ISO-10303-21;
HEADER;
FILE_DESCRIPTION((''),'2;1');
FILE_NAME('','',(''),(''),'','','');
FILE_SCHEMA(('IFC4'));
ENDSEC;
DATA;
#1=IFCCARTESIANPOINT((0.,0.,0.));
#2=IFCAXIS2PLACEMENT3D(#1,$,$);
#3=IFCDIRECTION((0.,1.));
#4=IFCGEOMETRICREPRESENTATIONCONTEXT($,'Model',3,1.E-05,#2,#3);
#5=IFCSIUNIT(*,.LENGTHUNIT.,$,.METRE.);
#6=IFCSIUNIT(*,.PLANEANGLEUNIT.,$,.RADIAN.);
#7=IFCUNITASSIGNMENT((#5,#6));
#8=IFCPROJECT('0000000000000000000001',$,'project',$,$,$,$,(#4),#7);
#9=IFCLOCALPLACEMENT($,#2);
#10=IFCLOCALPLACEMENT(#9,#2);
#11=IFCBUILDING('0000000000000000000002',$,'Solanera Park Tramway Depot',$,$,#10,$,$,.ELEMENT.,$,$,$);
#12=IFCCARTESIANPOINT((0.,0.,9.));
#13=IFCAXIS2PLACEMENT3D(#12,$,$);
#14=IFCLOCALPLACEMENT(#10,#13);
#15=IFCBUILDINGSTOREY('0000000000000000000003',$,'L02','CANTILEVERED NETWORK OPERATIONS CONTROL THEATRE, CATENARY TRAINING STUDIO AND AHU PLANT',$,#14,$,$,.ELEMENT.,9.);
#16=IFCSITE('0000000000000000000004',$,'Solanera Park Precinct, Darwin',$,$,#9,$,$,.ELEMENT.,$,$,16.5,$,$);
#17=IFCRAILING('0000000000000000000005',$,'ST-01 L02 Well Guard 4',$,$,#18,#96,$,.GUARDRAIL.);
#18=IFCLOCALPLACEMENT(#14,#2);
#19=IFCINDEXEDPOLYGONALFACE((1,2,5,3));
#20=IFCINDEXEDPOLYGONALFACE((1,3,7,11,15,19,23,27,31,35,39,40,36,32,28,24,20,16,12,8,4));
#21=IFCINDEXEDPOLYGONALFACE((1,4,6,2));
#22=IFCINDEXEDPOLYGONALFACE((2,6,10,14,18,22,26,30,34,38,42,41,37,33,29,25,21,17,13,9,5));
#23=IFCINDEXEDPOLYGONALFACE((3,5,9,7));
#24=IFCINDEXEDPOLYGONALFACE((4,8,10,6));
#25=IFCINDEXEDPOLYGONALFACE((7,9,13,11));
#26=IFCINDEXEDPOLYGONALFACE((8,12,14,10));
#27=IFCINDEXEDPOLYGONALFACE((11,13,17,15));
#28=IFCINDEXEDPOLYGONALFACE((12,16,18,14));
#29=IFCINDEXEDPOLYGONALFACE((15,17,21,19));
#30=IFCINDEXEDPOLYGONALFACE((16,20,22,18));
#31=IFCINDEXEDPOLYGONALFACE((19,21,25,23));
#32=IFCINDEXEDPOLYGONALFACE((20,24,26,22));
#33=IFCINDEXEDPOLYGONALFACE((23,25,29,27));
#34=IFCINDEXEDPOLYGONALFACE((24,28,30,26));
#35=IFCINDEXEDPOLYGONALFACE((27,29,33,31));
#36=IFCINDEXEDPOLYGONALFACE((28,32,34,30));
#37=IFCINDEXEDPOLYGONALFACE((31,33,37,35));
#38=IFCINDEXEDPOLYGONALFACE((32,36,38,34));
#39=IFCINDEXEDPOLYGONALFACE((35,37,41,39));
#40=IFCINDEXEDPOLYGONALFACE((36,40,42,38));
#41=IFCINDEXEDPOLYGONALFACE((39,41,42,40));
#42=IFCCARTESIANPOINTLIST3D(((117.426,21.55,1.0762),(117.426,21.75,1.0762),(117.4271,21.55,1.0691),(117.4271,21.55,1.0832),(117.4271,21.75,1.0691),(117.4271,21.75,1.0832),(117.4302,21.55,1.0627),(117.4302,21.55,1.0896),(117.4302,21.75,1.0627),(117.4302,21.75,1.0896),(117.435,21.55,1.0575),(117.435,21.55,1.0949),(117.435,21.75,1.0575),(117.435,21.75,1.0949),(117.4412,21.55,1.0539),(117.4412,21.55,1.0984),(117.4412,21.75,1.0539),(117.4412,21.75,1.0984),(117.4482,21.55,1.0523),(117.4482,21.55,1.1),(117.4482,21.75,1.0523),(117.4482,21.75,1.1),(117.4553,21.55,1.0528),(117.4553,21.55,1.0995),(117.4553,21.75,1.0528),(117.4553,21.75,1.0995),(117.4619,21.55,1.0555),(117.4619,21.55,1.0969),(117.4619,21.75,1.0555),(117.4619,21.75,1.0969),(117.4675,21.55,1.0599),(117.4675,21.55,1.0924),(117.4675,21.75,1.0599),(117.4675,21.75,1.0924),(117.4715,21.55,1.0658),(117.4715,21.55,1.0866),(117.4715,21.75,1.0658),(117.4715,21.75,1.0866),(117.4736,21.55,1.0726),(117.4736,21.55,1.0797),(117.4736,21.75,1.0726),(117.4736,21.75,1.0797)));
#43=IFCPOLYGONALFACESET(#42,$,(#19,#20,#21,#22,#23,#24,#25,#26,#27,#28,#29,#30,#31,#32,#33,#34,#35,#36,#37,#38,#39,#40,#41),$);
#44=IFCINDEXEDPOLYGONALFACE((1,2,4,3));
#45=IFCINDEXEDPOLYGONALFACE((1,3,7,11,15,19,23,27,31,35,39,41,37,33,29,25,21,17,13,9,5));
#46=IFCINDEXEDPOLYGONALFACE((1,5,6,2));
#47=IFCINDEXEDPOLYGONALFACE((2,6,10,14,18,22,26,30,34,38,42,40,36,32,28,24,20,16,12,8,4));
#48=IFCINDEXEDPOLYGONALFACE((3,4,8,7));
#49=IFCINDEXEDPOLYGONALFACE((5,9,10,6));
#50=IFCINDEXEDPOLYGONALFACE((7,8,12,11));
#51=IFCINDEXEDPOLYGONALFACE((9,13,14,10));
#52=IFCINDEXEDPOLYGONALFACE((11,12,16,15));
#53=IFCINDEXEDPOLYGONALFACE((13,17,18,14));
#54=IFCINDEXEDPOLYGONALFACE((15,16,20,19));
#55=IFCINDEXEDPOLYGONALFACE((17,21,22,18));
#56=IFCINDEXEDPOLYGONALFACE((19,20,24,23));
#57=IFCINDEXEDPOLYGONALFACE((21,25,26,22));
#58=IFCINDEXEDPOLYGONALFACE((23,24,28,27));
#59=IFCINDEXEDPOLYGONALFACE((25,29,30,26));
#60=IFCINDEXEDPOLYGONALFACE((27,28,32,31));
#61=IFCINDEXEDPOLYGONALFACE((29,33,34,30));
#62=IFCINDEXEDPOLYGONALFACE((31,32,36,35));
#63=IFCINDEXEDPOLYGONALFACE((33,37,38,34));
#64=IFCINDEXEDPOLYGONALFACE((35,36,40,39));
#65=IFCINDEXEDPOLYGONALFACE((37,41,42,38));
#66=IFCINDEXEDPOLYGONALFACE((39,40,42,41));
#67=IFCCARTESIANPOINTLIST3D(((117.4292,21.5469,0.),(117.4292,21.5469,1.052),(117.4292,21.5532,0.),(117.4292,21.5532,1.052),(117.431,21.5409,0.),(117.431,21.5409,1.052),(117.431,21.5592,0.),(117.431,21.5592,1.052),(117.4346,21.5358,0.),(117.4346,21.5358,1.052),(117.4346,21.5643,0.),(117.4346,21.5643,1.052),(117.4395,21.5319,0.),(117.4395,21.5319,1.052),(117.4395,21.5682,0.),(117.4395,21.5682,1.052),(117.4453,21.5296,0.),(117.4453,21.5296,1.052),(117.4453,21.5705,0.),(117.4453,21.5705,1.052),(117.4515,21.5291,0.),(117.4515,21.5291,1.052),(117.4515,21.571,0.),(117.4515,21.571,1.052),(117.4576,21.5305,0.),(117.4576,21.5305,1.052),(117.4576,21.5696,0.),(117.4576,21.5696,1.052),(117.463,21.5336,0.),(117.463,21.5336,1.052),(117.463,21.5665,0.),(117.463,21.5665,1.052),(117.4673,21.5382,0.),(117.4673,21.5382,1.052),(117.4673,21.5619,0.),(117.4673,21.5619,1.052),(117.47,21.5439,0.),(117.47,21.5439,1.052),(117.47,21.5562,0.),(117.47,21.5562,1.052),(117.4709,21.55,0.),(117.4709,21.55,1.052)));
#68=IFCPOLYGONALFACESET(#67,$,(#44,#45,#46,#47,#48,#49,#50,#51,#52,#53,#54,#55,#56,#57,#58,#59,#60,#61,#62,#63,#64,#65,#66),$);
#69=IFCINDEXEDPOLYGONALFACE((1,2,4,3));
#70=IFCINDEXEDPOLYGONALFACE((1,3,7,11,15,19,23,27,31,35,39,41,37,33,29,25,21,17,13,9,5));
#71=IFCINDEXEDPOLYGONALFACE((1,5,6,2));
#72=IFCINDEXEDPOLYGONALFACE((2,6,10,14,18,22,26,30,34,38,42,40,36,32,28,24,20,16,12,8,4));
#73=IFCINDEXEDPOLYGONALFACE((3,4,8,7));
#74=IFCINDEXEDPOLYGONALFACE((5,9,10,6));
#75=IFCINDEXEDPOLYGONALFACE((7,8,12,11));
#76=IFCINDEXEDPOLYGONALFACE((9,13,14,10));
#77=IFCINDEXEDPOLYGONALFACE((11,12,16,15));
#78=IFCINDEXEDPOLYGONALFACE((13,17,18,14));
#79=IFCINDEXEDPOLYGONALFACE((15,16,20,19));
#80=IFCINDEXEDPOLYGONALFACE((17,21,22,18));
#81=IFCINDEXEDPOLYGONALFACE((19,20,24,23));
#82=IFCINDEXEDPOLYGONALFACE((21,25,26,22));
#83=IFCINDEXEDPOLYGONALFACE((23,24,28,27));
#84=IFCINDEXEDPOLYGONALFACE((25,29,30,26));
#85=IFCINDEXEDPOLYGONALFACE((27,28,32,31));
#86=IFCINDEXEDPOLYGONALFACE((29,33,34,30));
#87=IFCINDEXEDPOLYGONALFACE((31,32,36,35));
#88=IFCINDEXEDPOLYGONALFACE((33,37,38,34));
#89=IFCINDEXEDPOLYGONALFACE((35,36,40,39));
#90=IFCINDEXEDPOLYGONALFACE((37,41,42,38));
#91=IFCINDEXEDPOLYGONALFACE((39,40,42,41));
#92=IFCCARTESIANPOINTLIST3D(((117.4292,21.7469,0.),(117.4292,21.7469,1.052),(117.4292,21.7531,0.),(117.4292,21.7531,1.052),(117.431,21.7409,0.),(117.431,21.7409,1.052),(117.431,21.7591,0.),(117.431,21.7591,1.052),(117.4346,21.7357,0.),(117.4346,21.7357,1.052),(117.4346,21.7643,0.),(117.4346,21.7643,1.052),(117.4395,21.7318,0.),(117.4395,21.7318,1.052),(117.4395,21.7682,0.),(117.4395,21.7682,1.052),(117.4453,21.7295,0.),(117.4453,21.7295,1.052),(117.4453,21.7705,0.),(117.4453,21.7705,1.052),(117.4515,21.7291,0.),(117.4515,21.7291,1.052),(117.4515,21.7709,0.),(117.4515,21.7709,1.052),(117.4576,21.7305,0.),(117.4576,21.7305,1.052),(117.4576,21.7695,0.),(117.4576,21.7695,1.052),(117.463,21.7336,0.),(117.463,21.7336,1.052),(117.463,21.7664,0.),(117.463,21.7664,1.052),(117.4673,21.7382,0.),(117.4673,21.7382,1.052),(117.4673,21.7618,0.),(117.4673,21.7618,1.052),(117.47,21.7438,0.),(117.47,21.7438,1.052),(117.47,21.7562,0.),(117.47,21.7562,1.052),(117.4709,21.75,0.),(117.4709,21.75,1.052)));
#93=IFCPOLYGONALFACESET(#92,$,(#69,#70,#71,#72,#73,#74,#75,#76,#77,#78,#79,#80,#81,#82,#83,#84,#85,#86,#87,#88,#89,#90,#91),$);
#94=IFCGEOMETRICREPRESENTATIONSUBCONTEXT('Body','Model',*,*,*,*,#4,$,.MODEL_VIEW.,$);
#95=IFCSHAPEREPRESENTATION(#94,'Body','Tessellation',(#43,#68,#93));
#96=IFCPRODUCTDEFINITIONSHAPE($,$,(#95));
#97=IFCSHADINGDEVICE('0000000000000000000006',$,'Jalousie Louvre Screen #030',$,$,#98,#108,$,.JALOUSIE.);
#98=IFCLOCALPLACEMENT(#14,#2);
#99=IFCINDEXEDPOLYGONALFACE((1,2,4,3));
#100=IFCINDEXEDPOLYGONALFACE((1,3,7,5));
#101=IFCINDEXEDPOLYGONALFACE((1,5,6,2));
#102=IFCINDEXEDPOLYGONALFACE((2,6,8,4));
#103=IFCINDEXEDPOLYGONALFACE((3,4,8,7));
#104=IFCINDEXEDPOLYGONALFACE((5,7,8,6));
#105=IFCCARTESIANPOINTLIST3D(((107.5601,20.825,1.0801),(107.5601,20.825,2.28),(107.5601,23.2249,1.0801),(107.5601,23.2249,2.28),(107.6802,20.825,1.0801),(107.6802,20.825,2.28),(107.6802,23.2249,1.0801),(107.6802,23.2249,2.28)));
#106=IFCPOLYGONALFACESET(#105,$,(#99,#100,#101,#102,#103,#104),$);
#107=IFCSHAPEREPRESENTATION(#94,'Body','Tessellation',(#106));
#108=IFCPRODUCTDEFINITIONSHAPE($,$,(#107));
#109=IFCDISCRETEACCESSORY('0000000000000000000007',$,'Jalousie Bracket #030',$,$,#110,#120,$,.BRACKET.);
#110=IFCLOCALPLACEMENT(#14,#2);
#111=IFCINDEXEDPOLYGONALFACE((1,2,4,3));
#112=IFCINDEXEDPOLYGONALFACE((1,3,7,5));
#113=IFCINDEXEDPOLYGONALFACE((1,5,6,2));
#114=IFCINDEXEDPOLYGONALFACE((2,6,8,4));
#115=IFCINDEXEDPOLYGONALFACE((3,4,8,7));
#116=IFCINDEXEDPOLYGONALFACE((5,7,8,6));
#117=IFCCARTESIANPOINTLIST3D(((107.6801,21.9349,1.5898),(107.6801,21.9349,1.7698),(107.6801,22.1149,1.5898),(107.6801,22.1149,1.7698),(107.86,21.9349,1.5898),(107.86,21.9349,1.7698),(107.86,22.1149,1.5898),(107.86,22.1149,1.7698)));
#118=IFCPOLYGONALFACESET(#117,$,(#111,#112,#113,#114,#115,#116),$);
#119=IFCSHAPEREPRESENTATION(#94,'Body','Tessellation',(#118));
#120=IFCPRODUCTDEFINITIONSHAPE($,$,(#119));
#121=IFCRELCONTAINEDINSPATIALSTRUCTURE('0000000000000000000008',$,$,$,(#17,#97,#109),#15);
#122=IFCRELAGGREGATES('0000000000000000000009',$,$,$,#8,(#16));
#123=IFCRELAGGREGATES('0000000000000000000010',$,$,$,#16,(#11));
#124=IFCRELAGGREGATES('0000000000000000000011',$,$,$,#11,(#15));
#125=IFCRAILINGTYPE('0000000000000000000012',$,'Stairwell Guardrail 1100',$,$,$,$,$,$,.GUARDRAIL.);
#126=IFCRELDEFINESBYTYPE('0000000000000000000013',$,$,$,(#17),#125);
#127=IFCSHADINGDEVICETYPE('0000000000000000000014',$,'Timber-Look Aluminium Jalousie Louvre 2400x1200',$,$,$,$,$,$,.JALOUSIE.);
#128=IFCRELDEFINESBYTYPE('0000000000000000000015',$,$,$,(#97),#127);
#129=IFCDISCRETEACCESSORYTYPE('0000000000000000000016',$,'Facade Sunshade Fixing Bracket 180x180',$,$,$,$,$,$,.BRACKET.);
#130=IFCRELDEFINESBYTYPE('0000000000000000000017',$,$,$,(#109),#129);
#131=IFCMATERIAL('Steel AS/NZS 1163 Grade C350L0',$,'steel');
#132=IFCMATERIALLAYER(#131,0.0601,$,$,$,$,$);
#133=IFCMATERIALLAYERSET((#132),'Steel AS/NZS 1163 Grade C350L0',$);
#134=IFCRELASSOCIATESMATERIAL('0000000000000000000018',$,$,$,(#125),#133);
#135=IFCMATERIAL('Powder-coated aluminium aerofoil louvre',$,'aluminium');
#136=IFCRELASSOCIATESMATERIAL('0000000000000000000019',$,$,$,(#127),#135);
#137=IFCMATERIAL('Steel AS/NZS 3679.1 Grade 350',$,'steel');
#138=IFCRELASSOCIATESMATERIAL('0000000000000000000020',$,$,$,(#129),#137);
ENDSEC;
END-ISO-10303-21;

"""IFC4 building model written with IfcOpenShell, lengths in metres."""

from ifc_helpers import new_model, si_unit, direction, frame, origin, origin_2d, place, context, subcontext, project, spatial, rectangle, circle, extrude, material, layer, layer_set, type_object, element, save


model = new_model("IFC4")

# Units and contexts
model_context = context("Model", 3, precision=1e-05, world=origin(), true_north=direction((0.0, 1.0)))
body_context = subcontext(model_context, "Body", "Model", "MODEL_VIEW")
ifc_project = project(units=[si_unit("LENGTHUNIT", "METRE"), si_unit("PLANEANGLEUNIT", "RADIAN")], contexts=[model_context])

# Site, building, storey
site_placement = place(None, origin())
site = spatial("IfcSite", under=ifc_project, at=site_placement, Name="Solanera Park Precinct, Darwin", CompositionType="ELEMENT", RefElevation=16.5)
building_placement = place(site_placement, origin())
building = spatial("IfcBuilding", under=site, at=building_placement, Name="Solanera Park Tramway Depot", CompositionType="ELEMENT")
storey_placement = place(building_placement, frame((0.0, 0.0, 9.0)))
storey = spatial("IfcBuildingStorey", under=building, at=storey_placement, Name="L02", Description="CANTILEVERED NETWORK OPERATIONS CONTROL THEATRE, CATENARY TRAINING STUDIO AND AHU PLANT", CompositionType="ELEMENT", Elevation=9.0)

# Railing
ifc_material_1 = material(Name="Steel AS/NZS 1163 Grade C350L0", Category="steel")
ifc_layer_1 = layer(ifc_material_1, 0.0601)
ifc_layer_set_1 = layer_set([ifc_layer_1], Name="Steel AS/NZS 1163 Grade C350L0")
railing_type_1 = type_object("IfcRailingType", Name="Stairwell Guardrail 1100", PredefinedType="GUARDRAIL", material=ifc_layer_set_1)
railing_1_placement = place(storey_placement, frame((117.45, 21.55, 0.0)))
element("IfcRailing", 1, at=railing_1_placement, inside=storey, type_object=railing_type_1, Name="ST-01 L02 Well Guard 4", PredefinedType="GUARDRAIL", context=body_context, shape_type="SweptSolid", body=[
    extrude(circle(Radius=0.0239, at=origin_2d()), frame((0.0, 0.0, 1.0762), z_axis=(0.0, 1.0, 0.0), x_axis=(-1.0, 0.0, 0.0)), (0.0, 0.0, 1.0), 0.2),
    extrude(circle(Radius=0.021, at=origin_2d()), origin(), (0.0, 0.0, 1.0), 1.052),
    extrude(circle(Radius=0.021, at=origin_2d()), frame((0.0, 0.2, 0.0)), (0.0, 0.0, 1.0), 1.052),
])

# Shading device
ifc_material_2 = material(Name="Powder-coated aluminium aerofoil louvre", Category="aluminium")
shading_device_type = type_object("IfcShadingDeviceType", Name="Timber-Look Aluminium Jalousie Louvre 2400x1200", PredefinedType="JALOUSIE", material=ifc_material_2)
shading_device_placement = place(storey_placement, frame((107.6201, 22.0249, 1.0801), z_axis=(0.0, 0.0, 1.0), x_axis=(0.0, -1.0, 0.0)))
element("IfcShadingDevice", 2, at=shading_device_placement, inside=storey, type_object=shading_device_type, Name="Jalousie Louvre Screen #030", PredefinedType="JALOUSIE", context=body_context, shape_type="SweptSolid", body=[
    extrude(rectangle(XDim=2.3999, YDim=0.1201, at=origin_2d()), origin(), (0.0, 0.0, 1.0), 1.2),
])

# Discrete accessory
ifc_material_3 = material(Name="Steel AS/NZS 3679.1 Grade 350", Category="steel")
discrete_accessory_type = type_object("IfcDiscreteAccessoryType", Name="Facade Sunshade Fixing Bracket 180x180", PredefinedType="BRACKET", material=ifc_material_3)
discrete_accessory_placement = place(storey_placement, frame((107.77, 22.0249, 1.5898), z_axis=(0.0, 0.0, 1.0), x_axis=(0.0, -1.0, 0.0)))
element("IfcDiscreteAccessory", 3, at=discrete_accessory_placement, inside=storey, type_object=discrete_accessory_type, Name="Jalousie Bracket #030", PredefinedType="BRACKET", context=body_context, shape_type="SweptSolid", body=[
    extrude(rectangle(XDim=0.1799, YDim=0.1799, at=origin_2d()), origin(), (0.0, 0.0, 1.0), 0.1799),
])

save(model, "model.ifc")
